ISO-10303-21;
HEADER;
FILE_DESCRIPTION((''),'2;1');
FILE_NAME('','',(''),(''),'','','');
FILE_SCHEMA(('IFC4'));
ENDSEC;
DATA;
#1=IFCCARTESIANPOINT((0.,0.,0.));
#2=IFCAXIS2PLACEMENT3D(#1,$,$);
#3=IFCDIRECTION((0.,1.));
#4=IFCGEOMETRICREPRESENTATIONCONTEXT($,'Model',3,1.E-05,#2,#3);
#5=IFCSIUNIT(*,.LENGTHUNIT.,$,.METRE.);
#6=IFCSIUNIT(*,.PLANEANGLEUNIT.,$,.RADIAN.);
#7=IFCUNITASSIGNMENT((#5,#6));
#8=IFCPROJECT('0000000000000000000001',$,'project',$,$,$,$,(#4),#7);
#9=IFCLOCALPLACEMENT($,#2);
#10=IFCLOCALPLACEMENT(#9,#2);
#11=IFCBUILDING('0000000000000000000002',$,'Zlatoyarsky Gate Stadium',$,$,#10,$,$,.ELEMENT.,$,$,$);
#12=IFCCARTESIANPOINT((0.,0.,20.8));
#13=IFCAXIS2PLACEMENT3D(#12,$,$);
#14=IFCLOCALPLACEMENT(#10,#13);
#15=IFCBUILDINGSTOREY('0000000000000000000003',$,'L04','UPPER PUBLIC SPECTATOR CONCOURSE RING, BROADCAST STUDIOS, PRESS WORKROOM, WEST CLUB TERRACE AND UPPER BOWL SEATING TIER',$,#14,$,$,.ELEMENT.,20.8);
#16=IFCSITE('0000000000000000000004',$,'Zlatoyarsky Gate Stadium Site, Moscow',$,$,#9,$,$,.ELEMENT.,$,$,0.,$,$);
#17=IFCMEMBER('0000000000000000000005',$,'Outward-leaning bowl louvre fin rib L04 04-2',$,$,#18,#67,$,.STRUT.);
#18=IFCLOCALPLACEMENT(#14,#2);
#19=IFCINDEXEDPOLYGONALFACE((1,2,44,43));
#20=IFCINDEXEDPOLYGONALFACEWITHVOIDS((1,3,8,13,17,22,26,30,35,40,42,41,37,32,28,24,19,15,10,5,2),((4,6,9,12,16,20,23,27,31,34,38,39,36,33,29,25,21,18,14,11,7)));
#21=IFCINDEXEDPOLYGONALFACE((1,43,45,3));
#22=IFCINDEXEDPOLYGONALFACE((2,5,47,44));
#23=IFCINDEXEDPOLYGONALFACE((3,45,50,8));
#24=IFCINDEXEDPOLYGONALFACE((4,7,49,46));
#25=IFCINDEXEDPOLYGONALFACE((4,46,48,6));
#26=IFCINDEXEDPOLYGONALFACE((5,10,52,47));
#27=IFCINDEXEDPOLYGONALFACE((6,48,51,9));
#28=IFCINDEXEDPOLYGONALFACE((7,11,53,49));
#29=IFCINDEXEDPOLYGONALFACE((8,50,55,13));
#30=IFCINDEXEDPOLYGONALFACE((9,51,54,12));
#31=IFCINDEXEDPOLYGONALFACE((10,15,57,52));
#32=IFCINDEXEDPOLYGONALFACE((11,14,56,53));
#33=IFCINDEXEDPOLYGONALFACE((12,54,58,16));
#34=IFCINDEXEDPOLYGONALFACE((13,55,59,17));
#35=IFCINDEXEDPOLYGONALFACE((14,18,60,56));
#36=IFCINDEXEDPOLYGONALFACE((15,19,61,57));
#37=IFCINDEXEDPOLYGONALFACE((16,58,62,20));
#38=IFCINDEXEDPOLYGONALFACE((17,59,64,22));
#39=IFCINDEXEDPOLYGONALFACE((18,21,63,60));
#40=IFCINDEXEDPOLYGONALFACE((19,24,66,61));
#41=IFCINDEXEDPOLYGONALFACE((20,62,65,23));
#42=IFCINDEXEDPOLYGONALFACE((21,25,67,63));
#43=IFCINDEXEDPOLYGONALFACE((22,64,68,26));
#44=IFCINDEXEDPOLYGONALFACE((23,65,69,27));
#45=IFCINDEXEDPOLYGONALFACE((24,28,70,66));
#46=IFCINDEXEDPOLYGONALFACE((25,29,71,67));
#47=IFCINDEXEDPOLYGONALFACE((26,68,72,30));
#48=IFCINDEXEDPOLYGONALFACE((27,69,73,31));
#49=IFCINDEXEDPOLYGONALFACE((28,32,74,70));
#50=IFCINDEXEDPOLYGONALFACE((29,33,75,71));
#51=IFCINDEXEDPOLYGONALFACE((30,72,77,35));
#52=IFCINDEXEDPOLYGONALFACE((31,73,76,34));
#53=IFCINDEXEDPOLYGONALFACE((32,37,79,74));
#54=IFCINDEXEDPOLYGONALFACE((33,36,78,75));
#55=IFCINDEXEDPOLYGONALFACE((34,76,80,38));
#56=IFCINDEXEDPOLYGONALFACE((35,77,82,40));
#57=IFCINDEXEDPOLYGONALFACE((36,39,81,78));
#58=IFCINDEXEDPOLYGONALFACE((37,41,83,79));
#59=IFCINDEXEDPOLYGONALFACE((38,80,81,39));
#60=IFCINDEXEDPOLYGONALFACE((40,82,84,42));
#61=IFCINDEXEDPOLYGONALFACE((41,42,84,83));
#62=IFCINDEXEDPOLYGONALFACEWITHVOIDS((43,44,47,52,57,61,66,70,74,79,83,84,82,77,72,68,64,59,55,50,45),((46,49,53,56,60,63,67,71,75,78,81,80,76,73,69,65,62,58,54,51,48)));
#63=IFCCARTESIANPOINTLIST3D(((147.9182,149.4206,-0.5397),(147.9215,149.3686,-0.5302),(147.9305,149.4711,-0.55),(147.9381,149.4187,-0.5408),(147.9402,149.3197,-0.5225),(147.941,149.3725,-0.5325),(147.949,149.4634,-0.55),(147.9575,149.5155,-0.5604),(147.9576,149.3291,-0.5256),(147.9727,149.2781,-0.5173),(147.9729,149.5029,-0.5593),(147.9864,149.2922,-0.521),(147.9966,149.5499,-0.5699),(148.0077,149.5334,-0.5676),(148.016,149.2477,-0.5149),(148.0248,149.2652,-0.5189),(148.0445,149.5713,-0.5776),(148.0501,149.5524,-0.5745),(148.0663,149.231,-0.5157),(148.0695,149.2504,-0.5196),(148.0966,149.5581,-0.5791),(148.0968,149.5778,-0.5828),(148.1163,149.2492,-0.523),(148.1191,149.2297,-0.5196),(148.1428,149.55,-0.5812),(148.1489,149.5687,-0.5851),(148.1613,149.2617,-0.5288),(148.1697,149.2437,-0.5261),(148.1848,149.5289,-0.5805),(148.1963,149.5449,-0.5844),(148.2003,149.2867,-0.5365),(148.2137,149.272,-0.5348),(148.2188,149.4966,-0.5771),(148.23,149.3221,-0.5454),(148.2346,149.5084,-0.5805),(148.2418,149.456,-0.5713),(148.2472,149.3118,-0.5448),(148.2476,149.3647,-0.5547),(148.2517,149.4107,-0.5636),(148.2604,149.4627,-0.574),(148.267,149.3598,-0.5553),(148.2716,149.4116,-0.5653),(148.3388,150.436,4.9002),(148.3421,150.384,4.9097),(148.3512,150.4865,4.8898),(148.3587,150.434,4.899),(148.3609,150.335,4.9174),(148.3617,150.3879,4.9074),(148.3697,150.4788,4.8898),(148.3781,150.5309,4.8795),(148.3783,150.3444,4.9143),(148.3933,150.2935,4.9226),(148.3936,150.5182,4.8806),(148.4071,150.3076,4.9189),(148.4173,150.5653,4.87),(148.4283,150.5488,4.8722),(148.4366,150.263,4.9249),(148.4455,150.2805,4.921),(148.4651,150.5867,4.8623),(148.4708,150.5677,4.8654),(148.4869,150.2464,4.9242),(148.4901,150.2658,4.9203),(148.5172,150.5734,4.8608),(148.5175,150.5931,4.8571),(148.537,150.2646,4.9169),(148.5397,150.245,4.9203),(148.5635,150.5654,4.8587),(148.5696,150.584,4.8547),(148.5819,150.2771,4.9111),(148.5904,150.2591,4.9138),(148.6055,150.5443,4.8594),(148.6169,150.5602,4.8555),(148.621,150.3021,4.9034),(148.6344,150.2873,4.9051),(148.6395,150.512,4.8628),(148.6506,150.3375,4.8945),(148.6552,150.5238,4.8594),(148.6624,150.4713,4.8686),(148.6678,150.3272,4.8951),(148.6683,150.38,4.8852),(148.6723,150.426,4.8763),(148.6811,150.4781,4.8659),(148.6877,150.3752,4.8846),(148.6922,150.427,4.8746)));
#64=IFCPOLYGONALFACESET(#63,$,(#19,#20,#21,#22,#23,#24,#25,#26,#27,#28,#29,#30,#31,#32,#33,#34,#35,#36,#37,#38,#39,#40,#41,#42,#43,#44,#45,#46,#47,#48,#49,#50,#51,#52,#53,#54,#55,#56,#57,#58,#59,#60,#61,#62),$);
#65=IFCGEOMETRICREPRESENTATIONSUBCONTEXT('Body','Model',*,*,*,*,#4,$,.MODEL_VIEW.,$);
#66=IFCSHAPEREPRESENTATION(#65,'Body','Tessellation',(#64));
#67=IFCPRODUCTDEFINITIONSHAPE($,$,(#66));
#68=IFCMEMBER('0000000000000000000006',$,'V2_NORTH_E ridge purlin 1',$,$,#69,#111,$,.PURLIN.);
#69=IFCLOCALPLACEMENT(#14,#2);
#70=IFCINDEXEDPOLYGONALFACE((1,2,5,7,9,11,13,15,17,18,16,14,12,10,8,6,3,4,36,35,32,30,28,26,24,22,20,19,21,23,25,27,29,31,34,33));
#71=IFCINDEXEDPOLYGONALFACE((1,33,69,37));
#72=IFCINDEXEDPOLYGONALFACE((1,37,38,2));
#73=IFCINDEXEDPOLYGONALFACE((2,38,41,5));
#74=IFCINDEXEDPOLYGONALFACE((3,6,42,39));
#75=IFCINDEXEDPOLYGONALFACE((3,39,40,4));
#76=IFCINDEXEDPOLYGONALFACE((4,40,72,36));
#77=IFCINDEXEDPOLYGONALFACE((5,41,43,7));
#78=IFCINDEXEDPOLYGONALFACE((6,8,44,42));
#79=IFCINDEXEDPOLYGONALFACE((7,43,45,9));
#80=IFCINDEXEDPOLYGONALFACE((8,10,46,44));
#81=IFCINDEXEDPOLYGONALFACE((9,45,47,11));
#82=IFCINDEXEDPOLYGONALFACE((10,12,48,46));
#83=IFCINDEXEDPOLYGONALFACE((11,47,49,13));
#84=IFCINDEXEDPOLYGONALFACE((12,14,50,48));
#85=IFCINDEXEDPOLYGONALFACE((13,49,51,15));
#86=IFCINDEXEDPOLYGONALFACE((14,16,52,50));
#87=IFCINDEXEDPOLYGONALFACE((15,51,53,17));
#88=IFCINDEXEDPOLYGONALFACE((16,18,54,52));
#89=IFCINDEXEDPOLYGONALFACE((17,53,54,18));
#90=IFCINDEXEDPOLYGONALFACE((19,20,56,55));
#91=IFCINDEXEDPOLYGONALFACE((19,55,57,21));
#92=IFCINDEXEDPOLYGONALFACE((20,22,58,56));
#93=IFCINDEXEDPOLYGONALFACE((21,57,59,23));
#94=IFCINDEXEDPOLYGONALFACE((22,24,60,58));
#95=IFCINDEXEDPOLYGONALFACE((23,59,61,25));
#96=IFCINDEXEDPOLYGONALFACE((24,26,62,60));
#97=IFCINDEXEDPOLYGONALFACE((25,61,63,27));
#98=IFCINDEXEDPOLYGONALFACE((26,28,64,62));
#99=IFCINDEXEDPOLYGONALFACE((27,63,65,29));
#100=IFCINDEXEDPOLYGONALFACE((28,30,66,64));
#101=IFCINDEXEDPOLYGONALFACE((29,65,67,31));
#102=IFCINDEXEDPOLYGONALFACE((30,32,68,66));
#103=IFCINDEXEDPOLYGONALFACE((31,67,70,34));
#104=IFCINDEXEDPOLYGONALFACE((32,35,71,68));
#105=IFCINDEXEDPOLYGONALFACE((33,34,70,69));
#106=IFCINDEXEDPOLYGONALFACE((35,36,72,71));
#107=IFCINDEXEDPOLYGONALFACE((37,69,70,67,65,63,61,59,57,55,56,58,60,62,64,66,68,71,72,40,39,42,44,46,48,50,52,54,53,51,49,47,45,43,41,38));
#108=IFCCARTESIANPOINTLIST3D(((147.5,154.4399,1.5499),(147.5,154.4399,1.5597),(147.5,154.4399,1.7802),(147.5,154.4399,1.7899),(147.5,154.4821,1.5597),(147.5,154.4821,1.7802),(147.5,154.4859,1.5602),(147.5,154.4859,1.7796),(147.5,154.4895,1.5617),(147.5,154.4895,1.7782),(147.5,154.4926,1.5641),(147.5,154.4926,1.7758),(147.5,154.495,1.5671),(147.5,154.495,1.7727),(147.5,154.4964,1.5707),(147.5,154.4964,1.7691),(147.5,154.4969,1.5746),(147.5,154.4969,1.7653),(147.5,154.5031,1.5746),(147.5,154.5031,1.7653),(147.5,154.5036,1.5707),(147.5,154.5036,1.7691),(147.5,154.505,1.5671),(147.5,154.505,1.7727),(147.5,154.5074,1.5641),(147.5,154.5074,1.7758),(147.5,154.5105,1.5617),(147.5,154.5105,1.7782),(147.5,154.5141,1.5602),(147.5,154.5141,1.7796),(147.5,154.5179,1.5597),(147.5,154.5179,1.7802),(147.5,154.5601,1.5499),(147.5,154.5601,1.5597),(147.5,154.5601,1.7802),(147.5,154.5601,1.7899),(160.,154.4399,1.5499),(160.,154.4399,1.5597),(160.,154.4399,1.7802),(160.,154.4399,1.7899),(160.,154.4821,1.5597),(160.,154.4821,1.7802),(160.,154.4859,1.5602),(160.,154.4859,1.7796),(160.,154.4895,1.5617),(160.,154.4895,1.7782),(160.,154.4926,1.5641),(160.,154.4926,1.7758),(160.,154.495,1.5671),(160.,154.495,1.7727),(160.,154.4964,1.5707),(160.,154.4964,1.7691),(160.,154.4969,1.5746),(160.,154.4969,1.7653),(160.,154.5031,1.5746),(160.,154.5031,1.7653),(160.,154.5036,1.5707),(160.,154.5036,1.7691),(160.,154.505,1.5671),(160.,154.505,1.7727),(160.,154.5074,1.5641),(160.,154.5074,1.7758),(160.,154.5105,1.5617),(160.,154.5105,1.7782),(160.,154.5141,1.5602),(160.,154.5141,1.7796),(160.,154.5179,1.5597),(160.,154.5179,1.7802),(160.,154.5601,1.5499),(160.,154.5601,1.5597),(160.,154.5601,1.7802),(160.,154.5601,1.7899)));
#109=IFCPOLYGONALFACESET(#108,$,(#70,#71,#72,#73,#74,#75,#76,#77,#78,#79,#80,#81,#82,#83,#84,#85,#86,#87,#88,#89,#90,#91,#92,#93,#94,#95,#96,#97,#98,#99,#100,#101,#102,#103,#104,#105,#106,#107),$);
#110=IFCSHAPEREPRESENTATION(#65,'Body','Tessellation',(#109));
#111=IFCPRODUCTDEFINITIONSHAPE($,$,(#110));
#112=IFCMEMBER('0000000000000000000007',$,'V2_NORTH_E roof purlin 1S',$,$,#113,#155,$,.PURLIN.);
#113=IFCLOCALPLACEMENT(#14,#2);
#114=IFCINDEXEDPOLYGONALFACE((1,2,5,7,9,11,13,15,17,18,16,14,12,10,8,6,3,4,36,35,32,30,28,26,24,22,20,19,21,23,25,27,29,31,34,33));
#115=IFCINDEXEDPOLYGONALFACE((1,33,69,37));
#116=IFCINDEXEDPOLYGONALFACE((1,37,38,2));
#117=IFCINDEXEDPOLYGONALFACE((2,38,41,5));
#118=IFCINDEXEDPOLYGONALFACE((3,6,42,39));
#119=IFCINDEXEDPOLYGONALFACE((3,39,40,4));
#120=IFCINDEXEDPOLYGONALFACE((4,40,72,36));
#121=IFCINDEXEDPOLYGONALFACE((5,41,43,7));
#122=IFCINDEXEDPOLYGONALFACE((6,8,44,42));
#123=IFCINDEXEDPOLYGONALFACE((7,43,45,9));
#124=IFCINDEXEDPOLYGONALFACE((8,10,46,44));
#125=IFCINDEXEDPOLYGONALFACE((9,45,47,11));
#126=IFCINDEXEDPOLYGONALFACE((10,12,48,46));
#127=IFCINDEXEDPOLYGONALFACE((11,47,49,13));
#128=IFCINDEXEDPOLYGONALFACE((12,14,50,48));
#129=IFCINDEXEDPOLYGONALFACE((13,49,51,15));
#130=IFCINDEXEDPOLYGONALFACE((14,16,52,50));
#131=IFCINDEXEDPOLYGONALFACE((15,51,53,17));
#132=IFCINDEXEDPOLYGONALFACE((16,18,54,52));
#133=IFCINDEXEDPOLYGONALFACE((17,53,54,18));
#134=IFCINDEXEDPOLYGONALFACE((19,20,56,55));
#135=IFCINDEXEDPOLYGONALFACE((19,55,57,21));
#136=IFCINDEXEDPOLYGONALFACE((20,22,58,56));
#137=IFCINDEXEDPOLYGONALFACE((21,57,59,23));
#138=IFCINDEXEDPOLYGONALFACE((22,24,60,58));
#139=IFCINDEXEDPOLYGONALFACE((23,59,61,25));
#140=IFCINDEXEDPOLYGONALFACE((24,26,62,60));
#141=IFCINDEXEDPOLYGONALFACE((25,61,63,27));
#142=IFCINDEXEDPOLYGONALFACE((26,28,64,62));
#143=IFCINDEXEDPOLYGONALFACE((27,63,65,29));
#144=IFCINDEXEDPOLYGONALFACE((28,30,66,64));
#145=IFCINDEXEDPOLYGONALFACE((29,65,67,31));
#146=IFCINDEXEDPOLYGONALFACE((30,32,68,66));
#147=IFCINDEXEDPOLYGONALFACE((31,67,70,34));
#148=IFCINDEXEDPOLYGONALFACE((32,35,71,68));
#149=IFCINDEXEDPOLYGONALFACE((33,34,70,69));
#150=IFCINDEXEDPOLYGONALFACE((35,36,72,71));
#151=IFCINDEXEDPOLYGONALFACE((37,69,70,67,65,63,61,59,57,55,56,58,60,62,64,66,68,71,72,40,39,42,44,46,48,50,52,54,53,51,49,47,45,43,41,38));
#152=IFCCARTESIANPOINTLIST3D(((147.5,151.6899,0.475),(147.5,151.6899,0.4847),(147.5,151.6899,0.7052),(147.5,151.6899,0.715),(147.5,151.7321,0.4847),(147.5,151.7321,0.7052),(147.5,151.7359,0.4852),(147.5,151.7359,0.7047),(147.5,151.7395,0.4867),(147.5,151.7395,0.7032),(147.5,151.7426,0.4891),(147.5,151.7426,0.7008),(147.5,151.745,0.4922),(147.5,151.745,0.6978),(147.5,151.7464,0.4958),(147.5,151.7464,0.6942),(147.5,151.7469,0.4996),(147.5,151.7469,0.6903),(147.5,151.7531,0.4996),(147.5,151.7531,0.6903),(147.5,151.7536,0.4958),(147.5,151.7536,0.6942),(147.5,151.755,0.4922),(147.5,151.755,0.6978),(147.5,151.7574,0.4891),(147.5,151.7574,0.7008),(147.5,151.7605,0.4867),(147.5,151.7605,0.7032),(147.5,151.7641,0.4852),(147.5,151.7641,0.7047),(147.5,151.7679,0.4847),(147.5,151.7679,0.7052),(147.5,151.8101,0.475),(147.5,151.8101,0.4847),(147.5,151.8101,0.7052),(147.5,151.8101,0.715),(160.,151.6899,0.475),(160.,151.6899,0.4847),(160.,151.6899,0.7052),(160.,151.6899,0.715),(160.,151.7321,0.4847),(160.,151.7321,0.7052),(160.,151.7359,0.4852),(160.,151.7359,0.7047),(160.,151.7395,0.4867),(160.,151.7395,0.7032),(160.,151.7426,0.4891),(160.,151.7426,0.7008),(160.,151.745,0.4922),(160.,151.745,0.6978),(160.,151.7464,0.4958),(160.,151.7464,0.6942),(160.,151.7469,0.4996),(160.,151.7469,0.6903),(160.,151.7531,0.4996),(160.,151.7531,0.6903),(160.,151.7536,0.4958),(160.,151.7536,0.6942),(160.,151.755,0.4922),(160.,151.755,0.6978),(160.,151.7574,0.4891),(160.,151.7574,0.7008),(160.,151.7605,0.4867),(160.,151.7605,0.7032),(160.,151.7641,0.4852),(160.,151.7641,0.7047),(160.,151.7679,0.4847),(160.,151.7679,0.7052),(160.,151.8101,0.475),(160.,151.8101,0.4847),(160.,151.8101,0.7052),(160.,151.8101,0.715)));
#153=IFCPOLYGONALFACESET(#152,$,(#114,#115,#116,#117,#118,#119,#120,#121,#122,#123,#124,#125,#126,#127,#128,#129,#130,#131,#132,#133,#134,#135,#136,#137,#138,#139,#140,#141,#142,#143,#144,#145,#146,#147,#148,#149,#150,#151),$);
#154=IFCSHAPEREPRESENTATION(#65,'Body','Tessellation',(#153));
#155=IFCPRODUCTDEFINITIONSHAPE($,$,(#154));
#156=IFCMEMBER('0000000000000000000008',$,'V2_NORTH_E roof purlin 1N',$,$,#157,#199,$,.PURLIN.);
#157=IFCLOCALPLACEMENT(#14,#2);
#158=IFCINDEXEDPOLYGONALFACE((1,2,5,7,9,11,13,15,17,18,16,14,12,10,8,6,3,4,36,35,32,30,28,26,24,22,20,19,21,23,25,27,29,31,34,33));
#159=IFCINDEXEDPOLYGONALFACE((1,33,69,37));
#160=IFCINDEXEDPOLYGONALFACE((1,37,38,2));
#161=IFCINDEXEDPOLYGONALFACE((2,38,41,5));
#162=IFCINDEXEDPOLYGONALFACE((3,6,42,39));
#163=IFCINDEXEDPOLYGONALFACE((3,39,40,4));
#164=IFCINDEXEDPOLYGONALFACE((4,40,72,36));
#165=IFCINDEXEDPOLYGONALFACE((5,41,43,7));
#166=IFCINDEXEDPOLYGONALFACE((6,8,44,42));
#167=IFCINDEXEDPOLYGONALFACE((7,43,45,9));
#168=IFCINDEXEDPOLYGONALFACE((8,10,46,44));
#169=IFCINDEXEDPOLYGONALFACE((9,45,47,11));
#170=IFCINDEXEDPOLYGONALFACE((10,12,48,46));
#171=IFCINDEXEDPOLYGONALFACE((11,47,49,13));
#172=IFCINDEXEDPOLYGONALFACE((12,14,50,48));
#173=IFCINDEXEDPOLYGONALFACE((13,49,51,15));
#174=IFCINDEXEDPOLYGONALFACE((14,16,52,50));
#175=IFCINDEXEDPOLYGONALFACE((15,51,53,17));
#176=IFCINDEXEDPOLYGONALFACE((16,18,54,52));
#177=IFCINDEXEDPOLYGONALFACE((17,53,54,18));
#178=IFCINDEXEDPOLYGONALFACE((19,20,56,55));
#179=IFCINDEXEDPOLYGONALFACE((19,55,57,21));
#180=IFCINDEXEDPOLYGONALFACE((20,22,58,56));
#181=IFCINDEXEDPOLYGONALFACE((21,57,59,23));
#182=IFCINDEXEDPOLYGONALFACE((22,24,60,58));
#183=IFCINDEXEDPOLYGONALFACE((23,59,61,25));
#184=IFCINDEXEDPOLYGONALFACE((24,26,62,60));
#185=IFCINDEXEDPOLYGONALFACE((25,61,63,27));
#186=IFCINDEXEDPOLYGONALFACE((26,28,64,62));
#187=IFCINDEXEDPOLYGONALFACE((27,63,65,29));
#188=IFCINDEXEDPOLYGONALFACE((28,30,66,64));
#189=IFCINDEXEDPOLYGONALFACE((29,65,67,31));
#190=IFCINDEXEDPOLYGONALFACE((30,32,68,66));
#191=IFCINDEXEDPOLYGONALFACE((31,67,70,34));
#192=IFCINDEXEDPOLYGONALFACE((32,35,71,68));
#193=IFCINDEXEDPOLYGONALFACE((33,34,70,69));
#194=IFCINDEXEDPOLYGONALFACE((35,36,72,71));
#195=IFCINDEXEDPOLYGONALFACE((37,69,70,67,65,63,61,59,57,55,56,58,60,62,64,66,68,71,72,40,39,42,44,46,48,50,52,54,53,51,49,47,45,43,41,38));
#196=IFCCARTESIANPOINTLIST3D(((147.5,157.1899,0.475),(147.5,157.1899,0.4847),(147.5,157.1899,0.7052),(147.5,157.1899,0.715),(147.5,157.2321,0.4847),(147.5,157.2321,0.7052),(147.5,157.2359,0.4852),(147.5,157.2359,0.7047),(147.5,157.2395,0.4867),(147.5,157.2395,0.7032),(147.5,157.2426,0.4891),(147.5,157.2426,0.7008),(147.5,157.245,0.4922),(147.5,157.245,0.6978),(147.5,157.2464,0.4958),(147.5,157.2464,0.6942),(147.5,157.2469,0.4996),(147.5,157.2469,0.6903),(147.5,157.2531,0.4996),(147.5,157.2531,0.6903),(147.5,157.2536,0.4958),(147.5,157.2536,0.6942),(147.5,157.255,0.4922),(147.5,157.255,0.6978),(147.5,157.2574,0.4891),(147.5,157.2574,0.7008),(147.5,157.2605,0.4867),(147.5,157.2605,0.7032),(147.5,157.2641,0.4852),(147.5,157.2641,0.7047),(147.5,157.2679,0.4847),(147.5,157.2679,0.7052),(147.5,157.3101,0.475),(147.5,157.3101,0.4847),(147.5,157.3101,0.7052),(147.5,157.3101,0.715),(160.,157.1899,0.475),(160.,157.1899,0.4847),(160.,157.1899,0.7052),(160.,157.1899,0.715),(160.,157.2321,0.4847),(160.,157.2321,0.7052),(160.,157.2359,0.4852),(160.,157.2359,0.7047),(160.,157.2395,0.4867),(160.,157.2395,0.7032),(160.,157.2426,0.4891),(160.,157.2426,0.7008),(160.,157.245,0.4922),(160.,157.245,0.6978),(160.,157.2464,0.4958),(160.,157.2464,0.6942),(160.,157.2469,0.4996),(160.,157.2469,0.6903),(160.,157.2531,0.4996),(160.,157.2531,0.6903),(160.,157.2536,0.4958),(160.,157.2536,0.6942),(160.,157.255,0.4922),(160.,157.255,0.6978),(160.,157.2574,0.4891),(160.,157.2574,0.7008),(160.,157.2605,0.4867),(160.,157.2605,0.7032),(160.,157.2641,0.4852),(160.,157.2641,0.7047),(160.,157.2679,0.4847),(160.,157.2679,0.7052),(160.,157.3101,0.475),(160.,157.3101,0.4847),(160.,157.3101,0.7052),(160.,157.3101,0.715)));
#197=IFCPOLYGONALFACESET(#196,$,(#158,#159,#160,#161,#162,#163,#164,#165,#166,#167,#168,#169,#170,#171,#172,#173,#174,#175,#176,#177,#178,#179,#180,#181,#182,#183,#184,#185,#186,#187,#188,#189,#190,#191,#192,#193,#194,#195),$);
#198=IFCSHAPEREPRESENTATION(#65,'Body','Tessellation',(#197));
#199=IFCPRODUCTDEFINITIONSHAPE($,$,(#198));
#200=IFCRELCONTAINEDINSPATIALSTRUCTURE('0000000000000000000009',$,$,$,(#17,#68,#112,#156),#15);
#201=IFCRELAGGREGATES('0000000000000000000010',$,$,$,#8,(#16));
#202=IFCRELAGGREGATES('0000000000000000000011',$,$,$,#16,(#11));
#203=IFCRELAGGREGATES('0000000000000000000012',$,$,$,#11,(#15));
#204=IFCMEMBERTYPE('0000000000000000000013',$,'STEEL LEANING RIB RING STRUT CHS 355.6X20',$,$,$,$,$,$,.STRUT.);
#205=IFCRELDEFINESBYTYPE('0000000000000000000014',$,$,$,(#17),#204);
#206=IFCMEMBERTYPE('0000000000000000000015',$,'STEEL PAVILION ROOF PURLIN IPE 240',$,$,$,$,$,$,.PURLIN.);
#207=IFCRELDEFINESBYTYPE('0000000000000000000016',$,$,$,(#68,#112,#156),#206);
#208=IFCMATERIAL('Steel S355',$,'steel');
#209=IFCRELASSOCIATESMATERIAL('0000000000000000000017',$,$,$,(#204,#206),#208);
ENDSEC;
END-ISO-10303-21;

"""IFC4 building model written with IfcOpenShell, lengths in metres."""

from ifc_helpers import new_model, si_unit, direction, frame, origin, origin_2d, place, context, subcontext, project, spatial, hollow_circle, i_section, extrude, material, material_profile, profile_set, type_object, element, save


model = new_model("IFC4")

# Units and contexts
model_context = context("Model", 3, precision=1e-05, world=origin(), true_north=direction((0.0, 1.0)))
body_context = subcontext(model_context, "Body", "Model", "MODEL_VIEW")
ifc_project = project(units=[si_unit("LENGTHUNIT", "METRE"), si_unit("PLANEANGLEUNIT", "RADIAN")], contexts=[model_context])

# Site, building, storey
site_placement = place(None, origin())
site = spatial("IfcSite", under=ifc_project, at=site_placement, Name="Zlatoyarsky Gate Stadium Site, Moscow", CompositionType="ELEMENT", RefElevation=0.0)
building_placement = place(site_placement, origin())
building = spatial("IfcBuilding", under=site, at=building_placement, Name="Zlatoyarsky Gate Stadium", CompositionType="ELEMENT")
storey_placement = place(building_placement, frame((0.0, 0.0, 20.8)))
storey = spatial("IfcBuildingStorey", under=building, at=storey_placement, Name="L04", Description="UPPER PUBLIC SPECTATOR CONCOURSE RING, BROADCAST STUDIOS, PRESS WORKROOM, WEST CLUB TERRACE AND UPPER BOWL SEATING TIER", CompositionType="ELEMENT", Elevation=20.8)

# Shared definitions
ifc_material_1 = material(Name="Steel S355", Category="steel")

# Members
ifc_material_profile_1 = material_profile(ifc_material_1, hollow_circle(Radius=0.1777, WallThickness=0.02, at=origin_2d()), Name="CHS 355.6X20")
ifc_profile_set_1 = profile_set([ifc_material_profile_1], Name="Steel S355")
member_type_1 = type_object("IfcMemberType", Name="STEEL LEANING RIB RING STRUT CHS 355.6X20", PredefinedType="STRUT", material=ifc_profile_set_1)
member_1_placement = place(storey_placement, frame((148.0947, 149.4031, -0.55), z_axis=(0.075796, 0.182956, 0.980195), x_axis=(-0.923857, 0.382738, 0.0)))
element("IfcMember", 1, at=member_1_placement, inside=storey, type_object=member_type_1, Name="Outward-leaning bowl louvre fin rib L04 04-2", PredefinedType="STRUT", context=body_context, shape_type="SweptSolid", body=[
    extrude(hollow_circle(Radius=0.1777, WallThickness=0.02, at=origin_2d()), origin(), (0.0, 0.0, 1.0), 5.5498),
])
ifc_material_profile_2 = material_profile(ifc_material_1, i_section(OverallWidth=0.1201, OverallDepth=0.24, WebThickness=0.0061, FlangeThickness=0.0098, FilletRadius=0.0149, at=origin_2d()), Name="IPE 240")
ifc_profile_set_2 = profile_set([ifc_material_profile_2], Name="Steel S355")
member_type_2 = type_object("IfcMemberType", Name="STEEL PAVILION ROOF PURLIN IPE 240", PredefinedType="PURLIN", material=ifc_profile_set_2)
for number, where, z_axis, x_axis, name in (
    (2, (147.5, 154.5, 1.6699), (1.0, 0.0, 0.0), (0.0, 1.0, 0.0), "V2_NORTH_E ridge purlin 1"),
    (3, (147.5, 151.75, 0.595), (1.0, 0.0, 0.0), (0.0, 1.0, 0.0), "V2_NORTH_E roof purlin 1S"),
    (4, (147.5, 157.25, 0.595), (1.0, 0.0, 0.0), (0.0, 1.0, 0.0), "V2_NORTH_E roof purlin 1N"),
):
    element("IfcMember", number, at=place(storey_placement, frame(where, z_axis=z_axis, x_axis=x_axis)), inside=storey, type_object=member_type_2, Name=name, PredefinedType="PURLIN", context=body_context, shape_type="SweptSolid", body=[
        extrude(i_section(OverallWidth=0.1201, OverallDepth=0.24, WebThickness=0.0061, FlangeThickness=0.0098, FilletRadius=0.0149, at=origin_2d()), origin(), (0.0, 0.0, 1.0), 12.5),
    ])

save(model, "model.ifc")
